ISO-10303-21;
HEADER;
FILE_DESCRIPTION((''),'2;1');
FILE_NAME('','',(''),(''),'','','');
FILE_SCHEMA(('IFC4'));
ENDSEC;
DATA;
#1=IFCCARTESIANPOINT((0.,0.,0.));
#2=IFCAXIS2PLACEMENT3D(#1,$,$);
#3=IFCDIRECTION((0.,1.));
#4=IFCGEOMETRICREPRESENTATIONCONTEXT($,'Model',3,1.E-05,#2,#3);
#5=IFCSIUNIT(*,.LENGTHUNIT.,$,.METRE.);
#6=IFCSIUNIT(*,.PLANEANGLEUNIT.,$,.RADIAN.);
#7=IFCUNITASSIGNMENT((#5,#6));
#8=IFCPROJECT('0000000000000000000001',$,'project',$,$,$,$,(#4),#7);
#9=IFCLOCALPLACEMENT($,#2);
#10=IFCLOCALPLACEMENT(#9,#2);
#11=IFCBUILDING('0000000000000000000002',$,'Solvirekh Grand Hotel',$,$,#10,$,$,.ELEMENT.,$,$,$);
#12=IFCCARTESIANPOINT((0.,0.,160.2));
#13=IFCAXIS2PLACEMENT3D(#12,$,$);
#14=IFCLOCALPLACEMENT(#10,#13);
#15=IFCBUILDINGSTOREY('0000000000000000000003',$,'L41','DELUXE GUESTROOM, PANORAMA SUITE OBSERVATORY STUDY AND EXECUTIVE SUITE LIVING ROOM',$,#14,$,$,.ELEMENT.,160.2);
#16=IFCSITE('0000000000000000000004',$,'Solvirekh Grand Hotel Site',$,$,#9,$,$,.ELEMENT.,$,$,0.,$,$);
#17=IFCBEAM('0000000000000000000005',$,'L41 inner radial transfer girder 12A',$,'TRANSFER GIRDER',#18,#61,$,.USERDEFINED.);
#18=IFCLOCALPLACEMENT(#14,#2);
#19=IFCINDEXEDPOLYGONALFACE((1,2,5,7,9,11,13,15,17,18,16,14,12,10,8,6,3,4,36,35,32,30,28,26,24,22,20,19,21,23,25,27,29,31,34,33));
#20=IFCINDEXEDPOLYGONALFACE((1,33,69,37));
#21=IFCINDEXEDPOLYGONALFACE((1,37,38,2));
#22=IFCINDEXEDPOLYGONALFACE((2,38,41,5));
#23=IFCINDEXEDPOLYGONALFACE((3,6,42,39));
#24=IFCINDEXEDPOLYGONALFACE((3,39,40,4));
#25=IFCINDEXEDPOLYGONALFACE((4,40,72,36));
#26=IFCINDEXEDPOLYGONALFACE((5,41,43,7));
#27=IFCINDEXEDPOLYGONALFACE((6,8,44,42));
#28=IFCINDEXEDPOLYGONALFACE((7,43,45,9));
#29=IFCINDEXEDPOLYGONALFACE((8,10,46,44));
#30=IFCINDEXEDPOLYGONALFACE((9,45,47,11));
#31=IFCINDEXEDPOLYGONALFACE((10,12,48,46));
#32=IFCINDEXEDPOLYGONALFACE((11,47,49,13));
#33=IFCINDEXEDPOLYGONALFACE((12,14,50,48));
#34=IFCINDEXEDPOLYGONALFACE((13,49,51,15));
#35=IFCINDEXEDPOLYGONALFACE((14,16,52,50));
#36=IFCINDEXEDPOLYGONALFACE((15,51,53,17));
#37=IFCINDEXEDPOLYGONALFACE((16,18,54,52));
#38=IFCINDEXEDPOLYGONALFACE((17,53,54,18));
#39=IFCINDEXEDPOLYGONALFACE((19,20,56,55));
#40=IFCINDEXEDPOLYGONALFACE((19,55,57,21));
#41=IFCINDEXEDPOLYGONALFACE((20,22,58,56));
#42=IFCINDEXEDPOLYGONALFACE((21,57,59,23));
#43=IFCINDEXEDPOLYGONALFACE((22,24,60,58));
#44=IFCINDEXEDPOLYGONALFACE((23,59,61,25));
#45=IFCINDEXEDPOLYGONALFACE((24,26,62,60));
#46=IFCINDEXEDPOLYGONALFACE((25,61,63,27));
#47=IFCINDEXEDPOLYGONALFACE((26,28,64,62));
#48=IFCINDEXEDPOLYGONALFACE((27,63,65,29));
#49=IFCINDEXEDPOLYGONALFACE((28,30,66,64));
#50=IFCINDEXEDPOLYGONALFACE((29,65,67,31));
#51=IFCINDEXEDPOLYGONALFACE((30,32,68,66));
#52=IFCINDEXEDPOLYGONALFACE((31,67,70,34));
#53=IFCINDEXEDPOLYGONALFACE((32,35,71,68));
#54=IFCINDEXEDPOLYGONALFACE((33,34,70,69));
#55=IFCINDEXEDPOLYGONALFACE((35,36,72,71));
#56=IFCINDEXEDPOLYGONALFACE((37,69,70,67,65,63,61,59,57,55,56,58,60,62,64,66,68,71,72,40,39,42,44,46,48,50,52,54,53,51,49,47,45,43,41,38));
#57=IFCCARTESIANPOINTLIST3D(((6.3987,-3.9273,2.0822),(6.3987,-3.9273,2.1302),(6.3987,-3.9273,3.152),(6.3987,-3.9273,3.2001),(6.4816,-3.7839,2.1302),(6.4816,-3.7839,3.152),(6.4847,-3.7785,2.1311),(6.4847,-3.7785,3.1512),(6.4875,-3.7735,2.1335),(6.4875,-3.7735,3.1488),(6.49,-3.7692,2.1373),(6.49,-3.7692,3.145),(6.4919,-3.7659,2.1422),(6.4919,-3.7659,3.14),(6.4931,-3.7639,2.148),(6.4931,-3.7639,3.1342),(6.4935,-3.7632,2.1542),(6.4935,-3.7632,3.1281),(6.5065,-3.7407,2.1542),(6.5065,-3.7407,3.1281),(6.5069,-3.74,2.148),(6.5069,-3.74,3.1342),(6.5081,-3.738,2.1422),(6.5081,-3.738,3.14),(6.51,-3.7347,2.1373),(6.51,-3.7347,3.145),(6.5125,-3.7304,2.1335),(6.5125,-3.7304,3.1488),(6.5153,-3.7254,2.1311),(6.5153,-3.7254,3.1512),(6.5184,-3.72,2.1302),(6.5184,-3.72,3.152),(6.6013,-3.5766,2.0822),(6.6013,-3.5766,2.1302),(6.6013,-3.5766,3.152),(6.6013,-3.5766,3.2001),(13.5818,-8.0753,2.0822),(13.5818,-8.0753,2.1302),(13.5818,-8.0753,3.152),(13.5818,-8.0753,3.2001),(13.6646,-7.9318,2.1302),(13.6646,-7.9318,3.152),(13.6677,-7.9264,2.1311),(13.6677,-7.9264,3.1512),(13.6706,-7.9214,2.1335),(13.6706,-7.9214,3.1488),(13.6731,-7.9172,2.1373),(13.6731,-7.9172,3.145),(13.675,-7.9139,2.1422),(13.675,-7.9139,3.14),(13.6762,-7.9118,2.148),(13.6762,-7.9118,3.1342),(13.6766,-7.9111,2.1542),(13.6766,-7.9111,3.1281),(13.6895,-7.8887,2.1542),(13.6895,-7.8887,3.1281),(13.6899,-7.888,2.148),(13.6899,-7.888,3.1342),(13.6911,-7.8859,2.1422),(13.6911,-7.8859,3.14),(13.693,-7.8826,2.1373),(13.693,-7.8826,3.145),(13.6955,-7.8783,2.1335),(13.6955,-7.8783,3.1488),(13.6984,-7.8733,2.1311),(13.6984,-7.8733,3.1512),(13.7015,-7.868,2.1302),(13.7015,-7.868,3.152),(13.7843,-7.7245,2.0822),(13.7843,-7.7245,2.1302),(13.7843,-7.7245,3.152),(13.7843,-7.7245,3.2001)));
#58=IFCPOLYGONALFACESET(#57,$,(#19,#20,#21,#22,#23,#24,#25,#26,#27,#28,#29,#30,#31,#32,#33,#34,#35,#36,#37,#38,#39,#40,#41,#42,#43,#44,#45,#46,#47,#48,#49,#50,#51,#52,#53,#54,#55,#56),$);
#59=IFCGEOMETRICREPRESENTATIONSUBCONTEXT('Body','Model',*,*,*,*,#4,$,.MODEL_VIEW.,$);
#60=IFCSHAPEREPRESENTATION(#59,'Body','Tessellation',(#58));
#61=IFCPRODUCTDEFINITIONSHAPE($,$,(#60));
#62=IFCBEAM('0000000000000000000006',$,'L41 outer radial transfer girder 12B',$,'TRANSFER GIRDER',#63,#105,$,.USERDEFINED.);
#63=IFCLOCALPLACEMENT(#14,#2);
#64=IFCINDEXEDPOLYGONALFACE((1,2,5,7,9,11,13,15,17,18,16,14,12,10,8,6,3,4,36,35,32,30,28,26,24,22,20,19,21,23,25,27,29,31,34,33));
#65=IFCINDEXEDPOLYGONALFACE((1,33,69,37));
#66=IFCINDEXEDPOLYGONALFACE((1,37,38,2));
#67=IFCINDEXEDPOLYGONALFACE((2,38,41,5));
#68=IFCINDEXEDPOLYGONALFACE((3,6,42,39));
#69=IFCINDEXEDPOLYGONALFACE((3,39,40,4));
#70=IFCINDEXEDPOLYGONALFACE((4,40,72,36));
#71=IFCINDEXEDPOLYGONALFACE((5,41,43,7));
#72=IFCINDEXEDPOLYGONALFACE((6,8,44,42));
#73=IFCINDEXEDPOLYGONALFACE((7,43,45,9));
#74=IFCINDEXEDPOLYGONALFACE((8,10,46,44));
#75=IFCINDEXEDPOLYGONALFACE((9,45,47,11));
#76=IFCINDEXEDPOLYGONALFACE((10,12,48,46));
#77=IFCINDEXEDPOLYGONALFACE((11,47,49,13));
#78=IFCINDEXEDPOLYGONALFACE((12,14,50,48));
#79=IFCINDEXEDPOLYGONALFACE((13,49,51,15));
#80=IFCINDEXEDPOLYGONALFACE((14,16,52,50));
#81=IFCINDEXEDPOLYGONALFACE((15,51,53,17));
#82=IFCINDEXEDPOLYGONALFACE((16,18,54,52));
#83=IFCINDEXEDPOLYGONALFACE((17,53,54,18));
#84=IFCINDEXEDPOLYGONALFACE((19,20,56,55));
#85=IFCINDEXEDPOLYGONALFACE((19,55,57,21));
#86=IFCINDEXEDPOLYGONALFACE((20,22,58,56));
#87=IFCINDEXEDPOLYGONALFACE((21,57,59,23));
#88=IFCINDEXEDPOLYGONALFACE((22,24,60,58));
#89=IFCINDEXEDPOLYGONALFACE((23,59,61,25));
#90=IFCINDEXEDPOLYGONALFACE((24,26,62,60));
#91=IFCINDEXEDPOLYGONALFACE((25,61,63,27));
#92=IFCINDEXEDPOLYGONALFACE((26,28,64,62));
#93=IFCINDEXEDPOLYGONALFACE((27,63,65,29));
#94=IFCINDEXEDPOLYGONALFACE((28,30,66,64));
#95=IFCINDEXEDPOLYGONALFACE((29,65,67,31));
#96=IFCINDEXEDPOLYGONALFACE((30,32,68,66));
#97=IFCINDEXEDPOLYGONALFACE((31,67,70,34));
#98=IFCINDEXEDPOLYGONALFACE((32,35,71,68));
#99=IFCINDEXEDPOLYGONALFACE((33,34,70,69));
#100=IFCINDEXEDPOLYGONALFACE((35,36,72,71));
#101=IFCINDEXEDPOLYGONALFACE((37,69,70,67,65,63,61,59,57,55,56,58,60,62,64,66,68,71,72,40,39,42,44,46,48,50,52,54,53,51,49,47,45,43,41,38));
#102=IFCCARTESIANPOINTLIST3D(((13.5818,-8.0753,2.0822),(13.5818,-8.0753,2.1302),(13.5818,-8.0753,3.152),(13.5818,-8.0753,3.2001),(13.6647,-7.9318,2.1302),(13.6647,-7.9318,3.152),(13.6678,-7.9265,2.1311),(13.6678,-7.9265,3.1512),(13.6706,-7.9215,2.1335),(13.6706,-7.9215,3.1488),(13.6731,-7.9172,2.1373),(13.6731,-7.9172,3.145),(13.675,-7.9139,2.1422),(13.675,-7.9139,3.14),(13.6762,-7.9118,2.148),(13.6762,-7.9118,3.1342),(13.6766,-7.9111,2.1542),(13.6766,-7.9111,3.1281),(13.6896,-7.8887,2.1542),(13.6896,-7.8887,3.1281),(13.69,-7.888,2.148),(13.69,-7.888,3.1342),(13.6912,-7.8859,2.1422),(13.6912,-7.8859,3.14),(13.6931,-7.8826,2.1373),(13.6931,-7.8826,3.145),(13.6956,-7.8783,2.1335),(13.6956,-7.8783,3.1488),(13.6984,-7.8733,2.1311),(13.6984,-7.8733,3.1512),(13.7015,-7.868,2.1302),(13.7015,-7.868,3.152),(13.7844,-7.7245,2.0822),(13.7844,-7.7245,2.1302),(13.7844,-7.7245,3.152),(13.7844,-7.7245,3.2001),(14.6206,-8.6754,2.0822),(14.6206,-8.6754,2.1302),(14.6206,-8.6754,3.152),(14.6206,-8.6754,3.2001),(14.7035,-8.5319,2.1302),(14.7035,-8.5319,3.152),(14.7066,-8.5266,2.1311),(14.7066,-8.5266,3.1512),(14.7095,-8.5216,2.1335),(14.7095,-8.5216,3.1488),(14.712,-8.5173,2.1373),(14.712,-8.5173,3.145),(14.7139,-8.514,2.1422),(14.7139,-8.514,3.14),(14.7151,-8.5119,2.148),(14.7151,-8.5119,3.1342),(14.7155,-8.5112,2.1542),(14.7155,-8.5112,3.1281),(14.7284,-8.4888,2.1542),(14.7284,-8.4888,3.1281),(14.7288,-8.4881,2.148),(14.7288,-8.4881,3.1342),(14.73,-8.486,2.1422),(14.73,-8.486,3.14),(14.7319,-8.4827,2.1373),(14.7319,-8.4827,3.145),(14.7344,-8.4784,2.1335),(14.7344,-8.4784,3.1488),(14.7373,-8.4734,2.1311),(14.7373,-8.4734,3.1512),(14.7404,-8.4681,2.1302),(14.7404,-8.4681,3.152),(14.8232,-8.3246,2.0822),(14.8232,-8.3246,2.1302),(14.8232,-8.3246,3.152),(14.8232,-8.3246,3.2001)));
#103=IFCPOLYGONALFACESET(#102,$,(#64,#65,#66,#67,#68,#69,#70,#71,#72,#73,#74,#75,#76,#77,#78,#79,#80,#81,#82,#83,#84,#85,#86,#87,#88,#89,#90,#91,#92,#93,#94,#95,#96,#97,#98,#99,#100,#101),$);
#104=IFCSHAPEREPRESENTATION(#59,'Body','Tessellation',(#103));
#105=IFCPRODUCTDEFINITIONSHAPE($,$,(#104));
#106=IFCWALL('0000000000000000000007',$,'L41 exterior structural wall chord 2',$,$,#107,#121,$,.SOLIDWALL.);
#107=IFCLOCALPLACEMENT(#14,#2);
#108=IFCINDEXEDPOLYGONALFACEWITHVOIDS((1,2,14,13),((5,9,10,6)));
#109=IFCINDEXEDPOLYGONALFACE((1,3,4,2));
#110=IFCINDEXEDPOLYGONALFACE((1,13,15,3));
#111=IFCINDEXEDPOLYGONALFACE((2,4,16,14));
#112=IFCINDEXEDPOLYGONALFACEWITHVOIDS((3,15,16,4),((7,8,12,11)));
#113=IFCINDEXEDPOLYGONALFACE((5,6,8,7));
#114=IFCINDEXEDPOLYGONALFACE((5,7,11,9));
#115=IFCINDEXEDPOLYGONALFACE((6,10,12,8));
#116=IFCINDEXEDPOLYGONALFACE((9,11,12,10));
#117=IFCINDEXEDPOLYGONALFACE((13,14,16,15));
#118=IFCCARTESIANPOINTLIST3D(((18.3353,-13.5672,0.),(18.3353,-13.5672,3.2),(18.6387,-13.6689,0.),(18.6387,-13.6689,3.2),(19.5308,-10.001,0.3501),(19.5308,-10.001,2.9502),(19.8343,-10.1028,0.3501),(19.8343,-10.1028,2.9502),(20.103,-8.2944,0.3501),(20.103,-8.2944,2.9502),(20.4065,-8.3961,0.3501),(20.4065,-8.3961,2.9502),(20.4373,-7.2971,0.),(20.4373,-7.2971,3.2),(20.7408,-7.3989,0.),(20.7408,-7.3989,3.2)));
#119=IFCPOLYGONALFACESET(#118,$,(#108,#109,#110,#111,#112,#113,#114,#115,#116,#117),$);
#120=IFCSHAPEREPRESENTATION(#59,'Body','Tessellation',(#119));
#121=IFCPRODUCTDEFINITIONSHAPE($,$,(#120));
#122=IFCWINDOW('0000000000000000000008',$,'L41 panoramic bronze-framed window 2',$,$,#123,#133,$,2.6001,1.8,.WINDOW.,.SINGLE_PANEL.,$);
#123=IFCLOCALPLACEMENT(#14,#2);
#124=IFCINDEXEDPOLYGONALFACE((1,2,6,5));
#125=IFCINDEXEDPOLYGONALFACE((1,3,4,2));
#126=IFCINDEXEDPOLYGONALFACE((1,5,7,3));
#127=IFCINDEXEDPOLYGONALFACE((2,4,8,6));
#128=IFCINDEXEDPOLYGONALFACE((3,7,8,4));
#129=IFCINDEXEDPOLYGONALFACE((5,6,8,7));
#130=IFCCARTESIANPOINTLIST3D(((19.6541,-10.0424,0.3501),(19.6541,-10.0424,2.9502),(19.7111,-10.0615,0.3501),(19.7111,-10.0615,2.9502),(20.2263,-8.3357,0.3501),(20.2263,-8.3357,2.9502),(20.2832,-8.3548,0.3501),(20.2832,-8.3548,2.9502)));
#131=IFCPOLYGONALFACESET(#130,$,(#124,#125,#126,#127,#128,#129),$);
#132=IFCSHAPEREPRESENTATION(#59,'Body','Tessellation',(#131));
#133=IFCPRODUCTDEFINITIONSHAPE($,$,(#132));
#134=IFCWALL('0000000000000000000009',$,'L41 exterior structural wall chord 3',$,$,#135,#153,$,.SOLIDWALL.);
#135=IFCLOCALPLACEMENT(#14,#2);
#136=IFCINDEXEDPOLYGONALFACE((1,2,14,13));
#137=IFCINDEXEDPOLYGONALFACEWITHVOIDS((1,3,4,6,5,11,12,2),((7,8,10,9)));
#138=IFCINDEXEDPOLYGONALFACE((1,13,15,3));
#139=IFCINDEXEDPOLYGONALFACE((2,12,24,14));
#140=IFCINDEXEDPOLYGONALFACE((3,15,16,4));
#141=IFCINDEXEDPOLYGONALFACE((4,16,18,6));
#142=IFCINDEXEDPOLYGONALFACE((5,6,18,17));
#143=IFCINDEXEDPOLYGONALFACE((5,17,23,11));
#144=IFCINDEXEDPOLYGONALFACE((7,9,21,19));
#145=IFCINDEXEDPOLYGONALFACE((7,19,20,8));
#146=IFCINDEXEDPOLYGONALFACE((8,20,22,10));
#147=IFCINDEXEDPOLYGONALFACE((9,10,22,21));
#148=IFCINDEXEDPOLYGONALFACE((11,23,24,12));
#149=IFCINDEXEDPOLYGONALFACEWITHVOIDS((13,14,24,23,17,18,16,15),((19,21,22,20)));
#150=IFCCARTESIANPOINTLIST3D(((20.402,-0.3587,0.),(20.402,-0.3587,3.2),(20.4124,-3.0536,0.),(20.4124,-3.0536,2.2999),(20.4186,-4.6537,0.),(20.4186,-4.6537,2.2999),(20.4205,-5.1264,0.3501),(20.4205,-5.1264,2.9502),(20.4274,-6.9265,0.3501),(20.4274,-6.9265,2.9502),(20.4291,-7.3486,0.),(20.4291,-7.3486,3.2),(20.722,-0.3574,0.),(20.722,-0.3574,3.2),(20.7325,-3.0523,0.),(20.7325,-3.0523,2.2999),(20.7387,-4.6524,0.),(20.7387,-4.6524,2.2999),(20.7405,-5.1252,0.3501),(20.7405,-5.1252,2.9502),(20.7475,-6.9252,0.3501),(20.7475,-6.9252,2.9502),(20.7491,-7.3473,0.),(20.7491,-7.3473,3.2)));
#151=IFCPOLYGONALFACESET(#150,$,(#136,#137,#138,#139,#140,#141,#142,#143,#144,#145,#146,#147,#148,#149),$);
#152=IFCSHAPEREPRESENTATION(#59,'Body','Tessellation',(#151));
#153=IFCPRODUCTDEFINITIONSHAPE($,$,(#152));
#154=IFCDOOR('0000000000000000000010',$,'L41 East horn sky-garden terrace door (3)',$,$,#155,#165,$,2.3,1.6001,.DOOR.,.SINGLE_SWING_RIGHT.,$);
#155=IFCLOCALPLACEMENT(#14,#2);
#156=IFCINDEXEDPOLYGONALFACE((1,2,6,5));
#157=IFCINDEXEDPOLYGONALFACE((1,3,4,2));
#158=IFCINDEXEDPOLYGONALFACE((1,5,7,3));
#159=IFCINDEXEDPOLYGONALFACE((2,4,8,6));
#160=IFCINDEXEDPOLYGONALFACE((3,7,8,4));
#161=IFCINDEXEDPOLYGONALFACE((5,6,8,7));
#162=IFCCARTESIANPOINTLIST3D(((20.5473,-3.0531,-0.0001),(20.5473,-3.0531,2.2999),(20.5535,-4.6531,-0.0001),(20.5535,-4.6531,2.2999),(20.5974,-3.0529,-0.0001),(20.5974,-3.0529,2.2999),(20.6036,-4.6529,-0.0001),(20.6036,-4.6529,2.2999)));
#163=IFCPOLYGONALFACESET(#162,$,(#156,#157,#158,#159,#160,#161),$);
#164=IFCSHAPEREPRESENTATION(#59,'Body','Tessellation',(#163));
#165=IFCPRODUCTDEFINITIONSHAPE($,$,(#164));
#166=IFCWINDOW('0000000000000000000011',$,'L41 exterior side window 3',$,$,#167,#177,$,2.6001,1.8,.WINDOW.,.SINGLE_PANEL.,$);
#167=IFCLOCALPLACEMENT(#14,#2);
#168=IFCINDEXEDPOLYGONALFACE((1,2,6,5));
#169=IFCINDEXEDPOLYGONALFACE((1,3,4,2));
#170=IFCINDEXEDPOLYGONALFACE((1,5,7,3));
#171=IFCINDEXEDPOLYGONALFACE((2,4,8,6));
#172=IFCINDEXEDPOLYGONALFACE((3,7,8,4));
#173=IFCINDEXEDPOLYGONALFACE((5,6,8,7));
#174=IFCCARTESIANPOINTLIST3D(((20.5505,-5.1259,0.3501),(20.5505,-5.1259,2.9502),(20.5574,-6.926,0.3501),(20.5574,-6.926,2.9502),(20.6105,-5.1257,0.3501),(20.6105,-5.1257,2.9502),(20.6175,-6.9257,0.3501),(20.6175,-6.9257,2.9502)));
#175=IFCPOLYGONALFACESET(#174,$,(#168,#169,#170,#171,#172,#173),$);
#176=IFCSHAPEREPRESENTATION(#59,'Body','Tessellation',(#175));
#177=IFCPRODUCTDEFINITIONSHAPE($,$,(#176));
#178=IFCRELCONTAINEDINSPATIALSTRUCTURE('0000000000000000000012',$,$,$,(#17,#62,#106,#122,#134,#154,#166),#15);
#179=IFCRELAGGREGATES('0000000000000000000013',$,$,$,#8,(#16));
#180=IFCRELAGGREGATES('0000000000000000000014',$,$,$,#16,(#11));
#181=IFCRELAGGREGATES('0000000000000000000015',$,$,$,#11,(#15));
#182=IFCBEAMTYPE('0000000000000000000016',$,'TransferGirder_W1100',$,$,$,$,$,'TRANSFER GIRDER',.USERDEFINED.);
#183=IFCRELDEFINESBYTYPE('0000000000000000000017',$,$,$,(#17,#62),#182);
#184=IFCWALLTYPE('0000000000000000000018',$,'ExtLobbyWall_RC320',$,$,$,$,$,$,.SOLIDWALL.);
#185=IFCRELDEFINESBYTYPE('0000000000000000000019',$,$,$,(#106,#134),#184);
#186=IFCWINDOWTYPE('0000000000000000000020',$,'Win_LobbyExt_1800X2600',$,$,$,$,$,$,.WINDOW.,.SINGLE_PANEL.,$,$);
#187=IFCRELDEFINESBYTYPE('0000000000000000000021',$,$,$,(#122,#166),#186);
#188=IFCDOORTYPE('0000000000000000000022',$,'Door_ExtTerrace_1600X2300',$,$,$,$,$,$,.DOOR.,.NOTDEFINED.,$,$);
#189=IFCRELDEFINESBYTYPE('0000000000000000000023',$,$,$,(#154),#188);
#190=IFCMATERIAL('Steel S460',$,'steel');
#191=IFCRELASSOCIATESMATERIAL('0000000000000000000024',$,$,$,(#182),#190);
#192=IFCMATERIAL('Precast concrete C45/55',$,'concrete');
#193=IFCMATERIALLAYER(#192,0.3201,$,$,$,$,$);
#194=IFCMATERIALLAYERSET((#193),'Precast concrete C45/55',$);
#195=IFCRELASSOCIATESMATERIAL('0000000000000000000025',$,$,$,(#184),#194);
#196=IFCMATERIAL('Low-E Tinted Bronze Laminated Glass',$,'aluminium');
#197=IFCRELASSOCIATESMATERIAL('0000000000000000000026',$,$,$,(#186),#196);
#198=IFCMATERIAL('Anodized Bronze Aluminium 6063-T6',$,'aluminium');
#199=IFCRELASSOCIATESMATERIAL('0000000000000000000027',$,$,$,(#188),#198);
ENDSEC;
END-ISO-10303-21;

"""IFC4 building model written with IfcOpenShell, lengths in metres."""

from ifc_helpers import new_model, si_unit, direction, frame, frame_2d, origin, origin_2d, place, context, subcontext, project, spatial, rectangle, i_section, extrude, material, layer, layer_set, material_profile, profile_set, type_object, element, fill, save


model = new_model("IFC4")

# Units and contexts
model_context = context("Model", 3, precision=1e-05, world=origin(), true_north=direction((0.0, 1.0)))
body_context = subcontext(model_context, "Body", "Model", "MODEL_VIEW")
ifc_project = project(units=[si_unit("LENGTHUNIT", "METRE"), si_unit("PLANEANGLEUNIT", "RADIAN")], contexts=[model_context])

# Site, building, storey
site_placement = place(None, origin())
site = spatial("IfcSite", under=ifc_project, at=site_placement, Name="Solvirekh Grand Hotel Site", CompositionType="ELEMENT", RefElevation=0.0)
building_placement = place(site_placement, origin())
building = spatial("IfcBuilding", under=site, at=building_placement, Name="Solvirekh Grand Hotel", CompositionType="ELEMENT")
storey_placement = place(building_placement, frame((0.0, 0.0, 160.2)))
storey = spatial("IfcBuildingStorey", under=building, at=storey_placement, Name="L41", Description="DELUXE GUESTROOM, PANORAMA SUITE OBSERVATORY STUDY AND EXECUTIVE SUITE LIVING ROOM", CompositionType="ELEMENT", Elevation=160.2)

# Beams
ifc_material_1 = material(Name="Steel S460", Category="steel")
ifc_material_profile_1 = material_profile(ifc_material_1, i_section(OverallWidth=0.405, OverallDepth=1.1179, WebThickness=0.0259, FlangeThickness=0.0481, FilletRadius=0.0239, at=origin_2d()), Name="W1100X499")
ifc_profile_set_1 = profile_set([ifc_material_profile_1], Name="Steel S460")
beam_type_1 = type_object("IfcBeamType", Name="TransferGirder_W1100", ElementType="TRANSFER GIRDER", PredefinedType="USERDEFINED", material=ifc_profile_set_1)
beam_1_placement = place(storey_placement, frame((6.5, -3.752, 2.6411), z_axis=(0.865985, -0.500071, 0.0), x_axis=(0.500071, 0.865985, 0.0)))
element("IfcBeam", 1, at=beam_1_placement, inside=storey, type_object=beam_type_1, Name="L41 inner radial transfer girder 12A", ObjectType="TRANSFER GIRDER", PredefinedType="USERDEFINED", context=body_context, shape_type="SweptSolid", body=[
    extrude(i_section(OverallWidth=0.405, OverallDepth=1.1179, WebThickness=0.0259, FlangeThickness=0.0481, FilletRadius=0.0239, at=origin_2d()), origin(), (0.0, 0.0, 1.0), 8.2947),
])
beam_2_placement = place(storey_placement, frame((13.6831, -7.8999, 2.6411), z_axis=(0.865904, -0.50021, 0.0), x_axis=(0.50021, 0.865904, 0.0)))
element("IfcBeam", 2, at=beam_2_placement, inside=storey, type_object=beam_type_1, Name="L41 outer radial transfer girder 12B", ObjectType="TRANSFER GIRDER", PredefinedType="USERDEFINED", context=body_context, shape_type="SweptSolid", body=[
    extrude(i_section(OverallWidth=0.405, OverallDepth=1.1179, WebThickness=0.0259, FlangeThickness=0.0481, FilletRadius=0.0239, at=origin_2d()), origin(), (0.0, 0.0, 1.0), 1.1997),
])

# Wall, opening, window
ifc_material_2 = material(Name="Precast concrete C45/55", Category="concrete")
ifc_layer_1 = layer(ifc_material_2, 0.3201)
ifc_layer_set_1 = layer_set([ifc_layer_1], Name="Precast concrete C45/55")
wall_type_1 = type_object("IfcWallType", Name="ExtLobbyWall_RC320", PredefinedType="SOLIDWALL", material=ifc_layer_set_1)
wall_1_placement = place(storey_placement, frame((20.5891, -7.3479, 0.0), z_axis=(0.0, 0.0, 1.0), x_axis=(-0.317866, -0.948135, 0.0)))
wall_1 = element("IfcWall", 3, at=wall_1_placement, inside=storey, type_object=wall_type_1, Name="L41 exterior structural wall chord 2", PredefinedType="SOLIDWALL", context=body_context, shape_type="SweptSolid", body=[
    extrude(rectangle(XDim=6.613, YDim=0.3201, at=frame_2d((3.3066, 0.0))), origin(), (0.0, 0.0, 1.0), 3.2),
])
opening_1_placement = place(wall_1_placement, frame((1.052, 0.0, 0.3501)))
opening_1 = element("IfcOpeningElement", 4, at=opening_1_placement, cuts=wall_1, PredefinedType="OPENING", context=body_context, shape_type="SweptSolid", body=[
    extrude(rectangle(XDim=1.8, YDim=2.6001, at=frame_2d((0.8999, 1.3))), frame((0.0, 0.1699, 0.0), z_axis=(0.0, -1.0, 0.0), x_axis=(1.0, 0.0, 0.0)), (0.0, 0.0, 1.0), 0.3401),
])
ifc_material_3 = material(Name="Low-E Tinted Bronze Laminated Glass", Category="aluminium")
window_type = type_object("IfcWindowType", Name="Win_LobbyExt_1800X2600", PartitioningType="SINGLE_PANEL", PredefinedType="WINDOW", material=ifc_material_3)
window_1_placement = place(opening_1_placement, origin())
window_1 = element("IfcWindow", 5, at=window_1_placement, inside=storey, type_object=window_type, Name="L41 panoramic bronze-framed window 2", OverallHeight=2.6001, OverallWidth=1.8, PartitioningType="SINGLE_PANEL", PredefinedType="WINDOW", context=body_context, shape_type="SweptSolid", body=[
    extrude(rectangle(XDim=1.8, YDim=2.6001, at=frame_2d((0.8999, 1.3))), frame((0.0, 0.03, 0.0), z_axis=(0.0, -1.0, 0.0), x_axis=(1.0, 0.0, 0.0)), (0.0, 0.0, 1.0), 0.0601),
])
fill(opening_1, window_1)

# Wall, openings, door, window
wall_2_placement = place(storey_placement, frame((20.562, -0.3579, 0.0), z_axis=(0.0, 0.0, 1.0), x_axis=(0.003877, -0.999992, 0.0)))
wall_2 = element("IfcWall", 6, at=wall_2_placement, inside=storey, type_object=wall_type_1, Name="L41 exterior structural wall chord 3", PredefinedType="SOLIDWALL", context=body_context, shape_type="SweptSolid", body=[
    extrude(rectangle(XDim=6.99, YDim=0.3201, at=frame_2d((3.4951, 0.0))), origin(), (0.0, 0.0, 1.0), 3.2),
])
opening_2_placement = place(wall_2_placement, frame((4.7681, 0.0, 0.3501)))
opening_2 = element("IfcOpeningElement", 7, at=opening_2_placement, cuts=wall_2, PredefinedType="OPENING", context=body_context, shape_type="SweptSolid", body=[
    extrude(rectangle(XDim=1.8, YDim=2.6001, at=frame_2d((0.8999, 1.3))), frame((0.0, 0.1699, 0.0), z_axis=(0.0, -1.0, 0.0), x_axis=(1.0, 0.0, 0.0)), (0.0, 0.0, 1.0), 0.3401),
])
opening_3_placement = place(wall_2_placement, frame((2.6951, 0.0, 0.0)))
opening_3 = element("IfcOpeningElement", 8, at=opening_3_placement, cuts=wall_2, PredefinedType="OPENING", context=body_context, shape_type="SweptSolid", body=[
    extrude(rectangle(XDim=1.6001, YDim=2.3, at=frame_2d((0.8, 1.1499))), frame((0.0, 0.1699, 0.0), z_axis=(0.0, -1.0, 0.0), x_axis=(1.0, 0.0, 0.0)), (0.0, 0.0, 1.0), 0.3401),
])
ifc_material_4 = material(Name="Anodized Bronze Aluminium 6063-T6", Category="aluminium")
door_type_1 = type_object("IfcDoorType", Name="Door_ExtTerrace_1600X2300", OperationType="NOTDEFINED", PredefinedType="DOOR", material=ifc_material_4)
door_1_placement = place(opening_3_placement, origin())
door_1 = element("IfcDoor", 9, at=door_1_placement, inside=storey, type_object=door_type_1, Name="L41 East horn sky-garden terrace door (3)", OperationType="SINGLE_SWING_RIGHT", OverallHeight=2.3, OverallWidth=1.6001, PredefinedType="DOOR", context=body_context, shape_type="SweptSolid", body=[
    extrude(rectangle(XDim=1.6001, YDim=2.3, at=frame_2d((0.8, 1.1499))), frame((0.0, 0.0249, 0.0), z_axis=(0.0, -1.0, 0.0), x_axis=(1.0, 0.0, 0.0)), (0.0, 0.0, 1.0), 0.05),
])
fill(opening_3, door_1)
window_2_placement = place(opening_2_placement, origin())
window_2 = element("IfcWindow", 10, at=window_2_placement, inside=storey, type_object=window_type, Name="L41 exterior side window 3", OverallHeight=2.6001, OverallWidth=1.8, PartitioningType="SINGLE_PANEL", PredefinedType="WINDOW", context=body_context, shape_type="SweptSolid", body=[
    extrude(rectangle(XDim=1.8, YDim=2.6001, at=frame_2d((0.8999, 1.3))), frame((0.0, 0.03, 0.0), z_axis=(0.0, -1.0, 0.0), x_axis=(1.0, 0.0, 0.0)), (0.0, 0.0, 1.0), 0.0601),
])
fill(opening_2, window_2)

save(model, "model.ifc")
